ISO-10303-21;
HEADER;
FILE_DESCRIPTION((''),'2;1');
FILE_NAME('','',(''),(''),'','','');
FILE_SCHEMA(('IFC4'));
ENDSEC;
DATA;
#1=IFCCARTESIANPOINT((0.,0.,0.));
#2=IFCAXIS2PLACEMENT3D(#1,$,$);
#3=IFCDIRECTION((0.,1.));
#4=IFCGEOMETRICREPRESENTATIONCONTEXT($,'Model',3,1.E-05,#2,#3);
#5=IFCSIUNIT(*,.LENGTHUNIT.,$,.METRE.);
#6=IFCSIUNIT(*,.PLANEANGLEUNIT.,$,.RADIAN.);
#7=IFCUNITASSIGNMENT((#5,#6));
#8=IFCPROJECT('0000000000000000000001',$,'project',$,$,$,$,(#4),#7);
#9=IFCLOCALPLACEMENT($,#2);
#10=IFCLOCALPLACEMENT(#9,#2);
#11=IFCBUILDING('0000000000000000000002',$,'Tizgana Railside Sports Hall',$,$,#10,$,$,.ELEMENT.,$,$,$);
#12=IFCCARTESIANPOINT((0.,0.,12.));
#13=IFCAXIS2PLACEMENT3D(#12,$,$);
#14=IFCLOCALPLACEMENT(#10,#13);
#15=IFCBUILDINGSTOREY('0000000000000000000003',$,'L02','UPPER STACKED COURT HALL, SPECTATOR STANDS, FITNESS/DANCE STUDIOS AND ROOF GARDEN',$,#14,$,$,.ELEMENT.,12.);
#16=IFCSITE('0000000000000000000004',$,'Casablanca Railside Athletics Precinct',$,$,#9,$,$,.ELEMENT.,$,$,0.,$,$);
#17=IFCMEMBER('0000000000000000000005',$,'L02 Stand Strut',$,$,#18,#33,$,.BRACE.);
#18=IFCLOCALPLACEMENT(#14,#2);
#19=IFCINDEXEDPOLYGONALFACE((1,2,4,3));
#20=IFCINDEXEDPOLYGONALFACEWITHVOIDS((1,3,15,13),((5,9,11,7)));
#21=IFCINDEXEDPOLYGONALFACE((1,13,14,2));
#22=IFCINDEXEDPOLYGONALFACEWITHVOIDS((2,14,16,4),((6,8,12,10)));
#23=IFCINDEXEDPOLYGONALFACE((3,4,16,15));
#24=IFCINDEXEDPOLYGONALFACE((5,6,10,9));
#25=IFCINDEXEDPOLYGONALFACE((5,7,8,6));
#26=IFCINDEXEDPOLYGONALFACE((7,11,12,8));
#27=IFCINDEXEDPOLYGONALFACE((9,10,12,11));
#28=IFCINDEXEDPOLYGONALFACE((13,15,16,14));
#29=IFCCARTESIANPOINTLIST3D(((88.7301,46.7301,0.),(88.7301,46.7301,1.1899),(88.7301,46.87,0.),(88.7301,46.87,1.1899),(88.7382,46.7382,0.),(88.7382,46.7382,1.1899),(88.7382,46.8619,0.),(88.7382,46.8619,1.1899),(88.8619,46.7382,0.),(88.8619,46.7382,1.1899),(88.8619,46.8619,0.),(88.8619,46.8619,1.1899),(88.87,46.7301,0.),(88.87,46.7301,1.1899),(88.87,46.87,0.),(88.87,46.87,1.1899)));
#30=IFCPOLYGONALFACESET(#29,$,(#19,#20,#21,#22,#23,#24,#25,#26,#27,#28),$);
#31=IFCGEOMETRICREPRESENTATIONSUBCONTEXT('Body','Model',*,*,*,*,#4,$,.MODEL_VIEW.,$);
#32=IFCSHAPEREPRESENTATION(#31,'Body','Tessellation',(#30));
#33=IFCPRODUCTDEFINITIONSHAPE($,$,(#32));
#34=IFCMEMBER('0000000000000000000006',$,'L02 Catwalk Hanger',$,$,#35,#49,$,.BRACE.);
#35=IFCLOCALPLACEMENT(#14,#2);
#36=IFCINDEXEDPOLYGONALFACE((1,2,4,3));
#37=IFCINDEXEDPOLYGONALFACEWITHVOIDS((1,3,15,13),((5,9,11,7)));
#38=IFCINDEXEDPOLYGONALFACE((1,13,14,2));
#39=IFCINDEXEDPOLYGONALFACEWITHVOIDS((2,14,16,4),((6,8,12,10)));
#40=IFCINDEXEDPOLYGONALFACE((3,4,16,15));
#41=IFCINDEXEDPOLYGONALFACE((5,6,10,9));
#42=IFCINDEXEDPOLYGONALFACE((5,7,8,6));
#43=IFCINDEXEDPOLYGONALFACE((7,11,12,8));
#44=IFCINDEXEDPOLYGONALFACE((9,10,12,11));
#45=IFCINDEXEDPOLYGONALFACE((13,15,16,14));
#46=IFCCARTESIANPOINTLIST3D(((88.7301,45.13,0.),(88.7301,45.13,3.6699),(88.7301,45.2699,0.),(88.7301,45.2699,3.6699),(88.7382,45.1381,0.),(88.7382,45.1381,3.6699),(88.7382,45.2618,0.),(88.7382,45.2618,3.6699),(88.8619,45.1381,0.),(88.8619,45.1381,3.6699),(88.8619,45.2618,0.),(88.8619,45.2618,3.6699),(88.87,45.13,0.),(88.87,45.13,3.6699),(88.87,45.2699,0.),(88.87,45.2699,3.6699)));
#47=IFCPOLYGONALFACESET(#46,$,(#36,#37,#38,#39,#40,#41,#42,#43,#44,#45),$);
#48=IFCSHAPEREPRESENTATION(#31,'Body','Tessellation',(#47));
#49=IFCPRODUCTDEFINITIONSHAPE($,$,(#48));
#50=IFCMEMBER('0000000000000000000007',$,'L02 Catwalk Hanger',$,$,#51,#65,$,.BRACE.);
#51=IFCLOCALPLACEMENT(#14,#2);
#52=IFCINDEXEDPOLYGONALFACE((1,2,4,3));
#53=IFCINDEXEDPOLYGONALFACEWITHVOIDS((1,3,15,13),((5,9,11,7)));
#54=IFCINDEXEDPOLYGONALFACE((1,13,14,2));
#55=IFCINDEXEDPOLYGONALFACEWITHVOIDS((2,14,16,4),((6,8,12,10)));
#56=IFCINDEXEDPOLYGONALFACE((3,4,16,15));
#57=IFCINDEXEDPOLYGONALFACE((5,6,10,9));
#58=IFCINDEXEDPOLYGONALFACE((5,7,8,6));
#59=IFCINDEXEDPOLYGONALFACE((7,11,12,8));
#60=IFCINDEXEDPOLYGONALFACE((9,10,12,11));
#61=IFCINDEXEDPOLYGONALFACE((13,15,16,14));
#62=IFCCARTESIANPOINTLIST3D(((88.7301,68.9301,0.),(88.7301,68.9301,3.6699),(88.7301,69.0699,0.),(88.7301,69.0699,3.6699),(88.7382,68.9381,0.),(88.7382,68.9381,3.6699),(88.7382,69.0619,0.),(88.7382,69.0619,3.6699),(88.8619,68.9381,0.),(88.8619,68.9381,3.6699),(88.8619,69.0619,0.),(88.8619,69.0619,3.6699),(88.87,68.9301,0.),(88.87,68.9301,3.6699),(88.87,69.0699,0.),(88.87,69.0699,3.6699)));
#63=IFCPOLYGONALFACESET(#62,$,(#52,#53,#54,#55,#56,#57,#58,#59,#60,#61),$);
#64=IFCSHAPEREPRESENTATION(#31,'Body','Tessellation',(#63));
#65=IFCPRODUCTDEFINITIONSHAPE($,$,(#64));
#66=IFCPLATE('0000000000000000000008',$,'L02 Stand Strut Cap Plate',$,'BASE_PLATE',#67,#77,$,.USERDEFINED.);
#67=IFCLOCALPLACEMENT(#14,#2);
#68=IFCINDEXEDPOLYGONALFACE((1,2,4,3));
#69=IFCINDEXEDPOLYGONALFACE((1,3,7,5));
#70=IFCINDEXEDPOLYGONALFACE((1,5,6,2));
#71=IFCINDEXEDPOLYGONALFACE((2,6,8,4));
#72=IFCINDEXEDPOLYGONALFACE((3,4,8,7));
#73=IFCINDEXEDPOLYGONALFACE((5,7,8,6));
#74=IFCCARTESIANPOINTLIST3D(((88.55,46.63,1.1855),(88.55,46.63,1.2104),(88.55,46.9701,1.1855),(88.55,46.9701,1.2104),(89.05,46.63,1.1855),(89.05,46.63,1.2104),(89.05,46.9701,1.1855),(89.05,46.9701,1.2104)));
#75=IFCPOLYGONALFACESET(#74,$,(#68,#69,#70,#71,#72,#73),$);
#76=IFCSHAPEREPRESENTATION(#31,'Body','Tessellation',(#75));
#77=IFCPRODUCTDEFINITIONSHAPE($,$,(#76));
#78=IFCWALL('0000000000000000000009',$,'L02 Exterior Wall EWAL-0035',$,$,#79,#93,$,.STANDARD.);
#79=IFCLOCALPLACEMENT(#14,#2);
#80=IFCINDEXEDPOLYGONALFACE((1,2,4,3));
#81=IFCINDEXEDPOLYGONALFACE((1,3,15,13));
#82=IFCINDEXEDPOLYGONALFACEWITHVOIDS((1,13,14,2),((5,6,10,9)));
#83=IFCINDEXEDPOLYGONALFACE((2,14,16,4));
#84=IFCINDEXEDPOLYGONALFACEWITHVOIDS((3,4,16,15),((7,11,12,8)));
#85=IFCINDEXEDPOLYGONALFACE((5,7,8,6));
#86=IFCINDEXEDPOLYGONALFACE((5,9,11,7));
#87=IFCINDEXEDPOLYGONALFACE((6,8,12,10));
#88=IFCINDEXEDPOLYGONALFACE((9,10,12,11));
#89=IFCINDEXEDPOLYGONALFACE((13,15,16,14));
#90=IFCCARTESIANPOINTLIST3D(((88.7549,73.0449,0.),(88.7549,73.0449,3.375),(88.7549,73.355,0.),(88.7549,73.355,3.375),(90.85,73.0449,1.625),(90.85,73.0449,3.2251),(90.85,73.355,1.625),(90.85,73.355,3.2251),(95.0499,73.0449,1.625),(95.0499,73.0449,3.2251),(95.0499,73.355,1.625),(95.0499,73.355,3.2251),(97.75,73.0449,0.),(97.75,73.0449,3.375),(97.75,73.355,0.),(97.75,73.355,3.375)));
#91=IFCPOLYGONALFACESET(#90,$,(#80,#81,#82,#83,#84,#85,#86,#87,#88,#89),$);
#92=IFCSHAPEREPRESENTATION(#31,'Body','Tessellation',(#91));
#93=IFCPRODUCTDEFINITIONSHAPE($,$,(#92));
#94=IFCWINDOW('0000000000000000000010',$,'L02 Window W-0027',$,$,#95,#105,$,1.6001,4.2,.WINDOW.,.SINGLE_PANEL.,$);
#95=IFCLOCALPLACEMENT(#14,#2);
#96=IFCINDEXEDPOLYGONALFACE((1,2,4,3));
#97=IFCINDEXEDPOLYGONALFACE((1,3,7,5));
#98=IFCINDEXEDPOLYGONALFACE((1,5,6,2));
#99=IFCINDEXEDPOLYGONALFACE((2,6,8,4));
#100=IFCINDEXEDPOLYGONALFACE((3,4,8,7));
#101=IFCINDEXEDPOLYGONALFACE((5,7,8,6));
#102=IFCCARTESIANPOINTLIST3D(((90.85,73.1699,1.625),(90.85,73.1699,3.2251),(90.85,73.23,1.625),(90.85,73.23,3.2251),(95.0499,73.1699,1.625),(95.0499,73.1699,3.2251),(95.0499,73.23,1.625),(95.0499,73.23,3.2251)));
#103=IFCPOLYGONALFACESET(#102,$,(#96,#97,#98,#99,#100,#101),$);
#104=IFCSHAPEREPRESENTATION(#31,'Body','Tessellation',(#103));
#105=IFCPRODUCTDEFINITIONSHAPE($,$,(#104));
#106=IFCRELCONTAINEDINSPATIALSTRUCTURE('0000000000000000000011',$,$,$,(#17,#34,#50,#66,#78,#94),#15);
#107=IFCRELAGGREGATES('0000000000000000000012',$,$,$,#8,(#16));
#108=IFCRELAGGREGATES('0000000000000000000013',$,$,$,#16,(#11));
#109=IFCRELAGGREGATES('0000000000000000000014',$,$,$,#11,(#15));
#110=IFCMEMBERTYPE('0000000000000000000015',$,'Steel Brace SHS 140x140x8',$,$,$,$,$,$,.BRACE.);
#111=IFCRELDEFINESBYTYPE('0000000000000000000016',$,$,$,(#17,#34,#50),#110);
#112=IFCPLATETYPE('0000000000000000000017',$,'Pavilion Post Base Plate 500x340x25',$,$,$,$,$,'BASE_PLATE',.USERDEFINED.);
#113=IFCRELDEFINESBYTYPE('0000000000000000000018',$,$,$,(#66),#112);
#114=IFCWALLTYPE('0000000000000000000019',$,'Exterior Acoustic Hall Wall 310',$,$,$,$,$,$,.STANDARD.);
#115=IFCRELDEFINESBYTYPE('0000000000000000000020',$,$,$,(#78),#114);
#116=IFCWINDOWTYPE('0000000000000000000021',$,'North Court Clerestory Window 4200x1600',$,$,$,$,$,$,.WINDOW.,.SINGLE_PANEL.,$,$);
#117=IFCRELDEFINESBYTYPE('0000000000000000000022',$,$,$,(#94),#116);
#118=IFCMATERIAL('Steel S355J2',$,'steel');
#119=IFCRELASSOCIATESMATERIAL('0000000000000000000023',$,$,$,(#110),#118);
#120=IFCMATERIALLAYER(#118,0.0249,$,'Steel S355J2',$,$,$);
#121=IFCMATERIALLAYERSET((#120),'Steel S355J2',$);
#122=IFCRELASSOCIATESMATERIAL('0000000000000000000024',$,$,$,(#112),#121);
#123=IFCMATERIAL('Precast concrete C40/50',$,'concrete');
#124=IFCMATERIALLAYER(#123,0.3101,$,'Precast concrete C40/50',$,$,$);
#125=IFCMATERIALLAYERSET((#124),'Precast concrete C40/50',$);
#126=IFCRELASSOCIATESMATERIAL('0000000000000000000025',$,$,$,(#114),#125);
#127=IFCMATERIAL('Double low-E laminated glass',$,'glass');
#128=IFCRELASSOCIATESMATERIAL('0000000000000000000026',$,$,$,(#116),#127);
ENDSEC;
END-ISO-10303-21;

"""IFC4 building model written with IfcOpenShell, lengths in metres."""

from ifc_helpers import new_model, si_unit, direction, frame, frame_2d, origin, origin_2d, place, context, subcontext, project, spatial, rectangle, hollow_rectangle, extrude, material, layer, layer_set, material_profile, profile_set, type_object, element, fill, save


model = new_model("IFC4")

# Units and contexts
model_context = context("Model", 3, precision=1e-05, world=origin(), true_north=direction((0.0, 1.0)))
body_context = subcontext(model_context, "Body", "Model", "MODEL_VIEW")
ifc_project = project(units=[si_unit("LENGTHUNIT", "METRE"), si_unit("PLANEANGLEUNIT", "RADIAN")], contexts=[model_context])

# Site, building, storey
site_placement = place(None, origin())
site = spatial("IfcSite", under=ifc_project, at=site_placement, Name="Casablanca Railside Athletics Precinct", CompositionType="ELEMENT", RefElevation=0.0)
building_placement = place(site_placement, origin())
building = spatial("IfcBuilding", under=site, at=building_placement, Name="Tizgana Railside Sports Hall", CompositionType="ELEMENT")
storey_placement = place(building_placement, frame((0.0, 0.0, 12.0)))
storey = spatial("IfcBuildingStorey", under=building, at=storey_placement, Name="L02", Description="UPPER STACKED COURT HALL, SPECTATOR STANDS, FITNESS/DANCE STUDIOS AND ROOF GARDEN", CompositionType="ELEMENT", Elevation=12.0)

# Shared definitions
ifc_material_1 = material(Name="Steel S355J2", Category="steel")

# Members
ifc_material_profile_1 = material_profile(ifc_material_1, hollow_rectangle(XDim=0.1399, YDim=0.1399, WallThickness=0.0081, at=origin_2d()), Name="SHS 140x140x8")
ifc_profile_set_1 = profile_set([ifc_material_profile_1], Name="Steel S355J2")
member_type = type_object("IfcMemberType", Name="Steel Brace SHS 140x140x8", PredefinedType="BRACE", material=ifc_profile_set_1)
member_placement = place(storey_placement, frame((88.8, 46.8, 0.0), z_axis=(0.0, 0.0, 1.0), x_axis=(1.0, 0.0, 0.0)))
element("IfcMember", 1, at=member_placement, inside=storey, type_object=member_type, Name="L02 Stand Strut", PredefinedType="BRACE", context=body_context, shape_type="SweptSolid", body=[
    extrude(hollow_rectangle(XDim=0.1399, YDim=0.1399, WallThickness=0.0081, at=origin_2d()), origin(), (0.0, 0.0, 1.0), 1.1899),
])
for number, where, z_axis, x_axis, name in (
    (2, (88.8, 45.2, 0.0), (0.0, 0.0, 1.0), (1.0, 0.0, 0.0), "L02 Catwalk Hanger"),
    (3, (88.8, 69.0, 0.0), (0.0, 0.0, 1.0), (1.0, 0.0, 0.0), "L02 Catwalk Hanger"),
):
    element("IfcMember", number, at=place(storey_placement, frame(where, z_axis=z_axis, x_axis=x_axis)), inside=storey, type_object=member_type, Name=name, PredefinedType="BRACE", context=body_context, shape_type="SweptSolid", body=[
        extrude(hollow_rectangle(XDim=0.1399, YDim=0.1399, WallThickness=0.0081, at=origin_2d()), origin(), (0.0, 0.0, 1.0), 3.6699),
    ])

# Plate
ifc_layer_1 = layer(ifc_material_1, 0.0249, Name="Steel S355J2")
ifc_layer_set_1 = layer_set([ifc_layer_1], Name="Steel S355J2")
plate_type = type_object("IfcPlateType", Name="Pavilion Post Base Plate 500x340x25", ElementType="BASE_PLATE", PredefinedType="USERDEFINED", material=ifc_layer_set_1)
plate_placement = place(storey_placement, frame((88.8, 46.8, 1.1855), z_axis=(0.0, 0.0, 1.0), x_axis=(1.0, 0.0, 0.0)))
element("IfcPlate", 4, at=plate_placement, inside=storey, type_object=plate_type, Name="L02 Stand Strut Cap Plate", ObjectType="BASE_PLATE", PredefinedType="USERDEFINED", context=body_context, shape_type="SweptSolid", body=[
    extrude(rectangle(XDim=0.5, YDim=0.3401, at=origin_2d()), origin(), (0.0, 0.0, 1.0), 0.0249),
])

# Wall, opening, window
ifc_material_2 = material(Name="Precast concrete C40/50", Category="concrete")
ifc_layer_2 = layer(ifc_material_2, 0.3101, Name="Precast concrete C40/50")
ifc_layer_set_2 = layer_set([ifc_layer_2], Name="Precast concrete C40/50")
wall_type = type_object("IfcWallType", Name="Exterior Acoustic Hall Wall 310", PredefinedType="STANDARD", material=ifc_layer_set_2)
wall_placement = place(storey_placement, frame((88.7549, 73.2, 0.0), z_axis=(0.0, 0.0, 1.0), x_axis=(1.0, 0.0, 0.0)))
wall = element("IfcWall", 5, at=wall_placement, inside=storey, type_object=wall_type, Name="L02 Exterior Wall EWAL-0035", PredefinedType="STANDARD", context=body_context, shape_type="SweptSolid", body=[
    extrude(rectangle(XDim=8.9951, YDim=0.3101, at=frame_2d((4.4976, 0.0))), origin(), (0.0, 0.0, 1.0), 3.375),
])
opening_placement = place(wall_placement, frame((2.095, 0.0, 1.625)))
opening = element("IfcOpeningElement", 6, at=opening_placement, cuts=wall, PredefinedType="OPENING", context=body_context, shape_type="SweptSolid", body=[
    extrude(rectangle(XDim=4.2, YDim=1.6001, at=frame_2d((2.1001, 0.8))), frame((0.0, 0.165, 0.0), z_axis=(0.0, -1.0, 0.0), x_axis=(1.0, 0.0, 0.0)), (0.0, 0.0, 1.0), 0.3301),
])
ifc_material_3 = material(Name="Double low-E laminated glass", Category="glass")
window_type = type_object("IfcWindowType", Name="North Court Clerestory Window 4200x1600", PartitioningType="SINGLE_PANEL", PredefinedType="WINDOW", material=ifc_material_3)
window_placement = place(opening_placement, origin())
window = element("IfcWindow", 7, at=window_placement, inside=storey, type_object=window_type, Name="L02 Window W-0027", OverallHeight=1.6001, OverallWidth=4.2, PartitioningType="SINGLE_PANEL", PredefinedType="WINDOW", context=body_context, shape_type="SweptSolid", body=[
    extrude(rectangle(XDim=4.2, YDim=1.6001, at=frame_2d((2.1001, 0.8))), frame((0.0, 0.03, 0.0), z_axis=(0.0, -1.0, 0.0), x_axis=(1.0, 0.0, 0.0)), (0.0, 0.0, 1.0), 0.0601),
])
fill(opening, window)

save(model, "model.ifc")
